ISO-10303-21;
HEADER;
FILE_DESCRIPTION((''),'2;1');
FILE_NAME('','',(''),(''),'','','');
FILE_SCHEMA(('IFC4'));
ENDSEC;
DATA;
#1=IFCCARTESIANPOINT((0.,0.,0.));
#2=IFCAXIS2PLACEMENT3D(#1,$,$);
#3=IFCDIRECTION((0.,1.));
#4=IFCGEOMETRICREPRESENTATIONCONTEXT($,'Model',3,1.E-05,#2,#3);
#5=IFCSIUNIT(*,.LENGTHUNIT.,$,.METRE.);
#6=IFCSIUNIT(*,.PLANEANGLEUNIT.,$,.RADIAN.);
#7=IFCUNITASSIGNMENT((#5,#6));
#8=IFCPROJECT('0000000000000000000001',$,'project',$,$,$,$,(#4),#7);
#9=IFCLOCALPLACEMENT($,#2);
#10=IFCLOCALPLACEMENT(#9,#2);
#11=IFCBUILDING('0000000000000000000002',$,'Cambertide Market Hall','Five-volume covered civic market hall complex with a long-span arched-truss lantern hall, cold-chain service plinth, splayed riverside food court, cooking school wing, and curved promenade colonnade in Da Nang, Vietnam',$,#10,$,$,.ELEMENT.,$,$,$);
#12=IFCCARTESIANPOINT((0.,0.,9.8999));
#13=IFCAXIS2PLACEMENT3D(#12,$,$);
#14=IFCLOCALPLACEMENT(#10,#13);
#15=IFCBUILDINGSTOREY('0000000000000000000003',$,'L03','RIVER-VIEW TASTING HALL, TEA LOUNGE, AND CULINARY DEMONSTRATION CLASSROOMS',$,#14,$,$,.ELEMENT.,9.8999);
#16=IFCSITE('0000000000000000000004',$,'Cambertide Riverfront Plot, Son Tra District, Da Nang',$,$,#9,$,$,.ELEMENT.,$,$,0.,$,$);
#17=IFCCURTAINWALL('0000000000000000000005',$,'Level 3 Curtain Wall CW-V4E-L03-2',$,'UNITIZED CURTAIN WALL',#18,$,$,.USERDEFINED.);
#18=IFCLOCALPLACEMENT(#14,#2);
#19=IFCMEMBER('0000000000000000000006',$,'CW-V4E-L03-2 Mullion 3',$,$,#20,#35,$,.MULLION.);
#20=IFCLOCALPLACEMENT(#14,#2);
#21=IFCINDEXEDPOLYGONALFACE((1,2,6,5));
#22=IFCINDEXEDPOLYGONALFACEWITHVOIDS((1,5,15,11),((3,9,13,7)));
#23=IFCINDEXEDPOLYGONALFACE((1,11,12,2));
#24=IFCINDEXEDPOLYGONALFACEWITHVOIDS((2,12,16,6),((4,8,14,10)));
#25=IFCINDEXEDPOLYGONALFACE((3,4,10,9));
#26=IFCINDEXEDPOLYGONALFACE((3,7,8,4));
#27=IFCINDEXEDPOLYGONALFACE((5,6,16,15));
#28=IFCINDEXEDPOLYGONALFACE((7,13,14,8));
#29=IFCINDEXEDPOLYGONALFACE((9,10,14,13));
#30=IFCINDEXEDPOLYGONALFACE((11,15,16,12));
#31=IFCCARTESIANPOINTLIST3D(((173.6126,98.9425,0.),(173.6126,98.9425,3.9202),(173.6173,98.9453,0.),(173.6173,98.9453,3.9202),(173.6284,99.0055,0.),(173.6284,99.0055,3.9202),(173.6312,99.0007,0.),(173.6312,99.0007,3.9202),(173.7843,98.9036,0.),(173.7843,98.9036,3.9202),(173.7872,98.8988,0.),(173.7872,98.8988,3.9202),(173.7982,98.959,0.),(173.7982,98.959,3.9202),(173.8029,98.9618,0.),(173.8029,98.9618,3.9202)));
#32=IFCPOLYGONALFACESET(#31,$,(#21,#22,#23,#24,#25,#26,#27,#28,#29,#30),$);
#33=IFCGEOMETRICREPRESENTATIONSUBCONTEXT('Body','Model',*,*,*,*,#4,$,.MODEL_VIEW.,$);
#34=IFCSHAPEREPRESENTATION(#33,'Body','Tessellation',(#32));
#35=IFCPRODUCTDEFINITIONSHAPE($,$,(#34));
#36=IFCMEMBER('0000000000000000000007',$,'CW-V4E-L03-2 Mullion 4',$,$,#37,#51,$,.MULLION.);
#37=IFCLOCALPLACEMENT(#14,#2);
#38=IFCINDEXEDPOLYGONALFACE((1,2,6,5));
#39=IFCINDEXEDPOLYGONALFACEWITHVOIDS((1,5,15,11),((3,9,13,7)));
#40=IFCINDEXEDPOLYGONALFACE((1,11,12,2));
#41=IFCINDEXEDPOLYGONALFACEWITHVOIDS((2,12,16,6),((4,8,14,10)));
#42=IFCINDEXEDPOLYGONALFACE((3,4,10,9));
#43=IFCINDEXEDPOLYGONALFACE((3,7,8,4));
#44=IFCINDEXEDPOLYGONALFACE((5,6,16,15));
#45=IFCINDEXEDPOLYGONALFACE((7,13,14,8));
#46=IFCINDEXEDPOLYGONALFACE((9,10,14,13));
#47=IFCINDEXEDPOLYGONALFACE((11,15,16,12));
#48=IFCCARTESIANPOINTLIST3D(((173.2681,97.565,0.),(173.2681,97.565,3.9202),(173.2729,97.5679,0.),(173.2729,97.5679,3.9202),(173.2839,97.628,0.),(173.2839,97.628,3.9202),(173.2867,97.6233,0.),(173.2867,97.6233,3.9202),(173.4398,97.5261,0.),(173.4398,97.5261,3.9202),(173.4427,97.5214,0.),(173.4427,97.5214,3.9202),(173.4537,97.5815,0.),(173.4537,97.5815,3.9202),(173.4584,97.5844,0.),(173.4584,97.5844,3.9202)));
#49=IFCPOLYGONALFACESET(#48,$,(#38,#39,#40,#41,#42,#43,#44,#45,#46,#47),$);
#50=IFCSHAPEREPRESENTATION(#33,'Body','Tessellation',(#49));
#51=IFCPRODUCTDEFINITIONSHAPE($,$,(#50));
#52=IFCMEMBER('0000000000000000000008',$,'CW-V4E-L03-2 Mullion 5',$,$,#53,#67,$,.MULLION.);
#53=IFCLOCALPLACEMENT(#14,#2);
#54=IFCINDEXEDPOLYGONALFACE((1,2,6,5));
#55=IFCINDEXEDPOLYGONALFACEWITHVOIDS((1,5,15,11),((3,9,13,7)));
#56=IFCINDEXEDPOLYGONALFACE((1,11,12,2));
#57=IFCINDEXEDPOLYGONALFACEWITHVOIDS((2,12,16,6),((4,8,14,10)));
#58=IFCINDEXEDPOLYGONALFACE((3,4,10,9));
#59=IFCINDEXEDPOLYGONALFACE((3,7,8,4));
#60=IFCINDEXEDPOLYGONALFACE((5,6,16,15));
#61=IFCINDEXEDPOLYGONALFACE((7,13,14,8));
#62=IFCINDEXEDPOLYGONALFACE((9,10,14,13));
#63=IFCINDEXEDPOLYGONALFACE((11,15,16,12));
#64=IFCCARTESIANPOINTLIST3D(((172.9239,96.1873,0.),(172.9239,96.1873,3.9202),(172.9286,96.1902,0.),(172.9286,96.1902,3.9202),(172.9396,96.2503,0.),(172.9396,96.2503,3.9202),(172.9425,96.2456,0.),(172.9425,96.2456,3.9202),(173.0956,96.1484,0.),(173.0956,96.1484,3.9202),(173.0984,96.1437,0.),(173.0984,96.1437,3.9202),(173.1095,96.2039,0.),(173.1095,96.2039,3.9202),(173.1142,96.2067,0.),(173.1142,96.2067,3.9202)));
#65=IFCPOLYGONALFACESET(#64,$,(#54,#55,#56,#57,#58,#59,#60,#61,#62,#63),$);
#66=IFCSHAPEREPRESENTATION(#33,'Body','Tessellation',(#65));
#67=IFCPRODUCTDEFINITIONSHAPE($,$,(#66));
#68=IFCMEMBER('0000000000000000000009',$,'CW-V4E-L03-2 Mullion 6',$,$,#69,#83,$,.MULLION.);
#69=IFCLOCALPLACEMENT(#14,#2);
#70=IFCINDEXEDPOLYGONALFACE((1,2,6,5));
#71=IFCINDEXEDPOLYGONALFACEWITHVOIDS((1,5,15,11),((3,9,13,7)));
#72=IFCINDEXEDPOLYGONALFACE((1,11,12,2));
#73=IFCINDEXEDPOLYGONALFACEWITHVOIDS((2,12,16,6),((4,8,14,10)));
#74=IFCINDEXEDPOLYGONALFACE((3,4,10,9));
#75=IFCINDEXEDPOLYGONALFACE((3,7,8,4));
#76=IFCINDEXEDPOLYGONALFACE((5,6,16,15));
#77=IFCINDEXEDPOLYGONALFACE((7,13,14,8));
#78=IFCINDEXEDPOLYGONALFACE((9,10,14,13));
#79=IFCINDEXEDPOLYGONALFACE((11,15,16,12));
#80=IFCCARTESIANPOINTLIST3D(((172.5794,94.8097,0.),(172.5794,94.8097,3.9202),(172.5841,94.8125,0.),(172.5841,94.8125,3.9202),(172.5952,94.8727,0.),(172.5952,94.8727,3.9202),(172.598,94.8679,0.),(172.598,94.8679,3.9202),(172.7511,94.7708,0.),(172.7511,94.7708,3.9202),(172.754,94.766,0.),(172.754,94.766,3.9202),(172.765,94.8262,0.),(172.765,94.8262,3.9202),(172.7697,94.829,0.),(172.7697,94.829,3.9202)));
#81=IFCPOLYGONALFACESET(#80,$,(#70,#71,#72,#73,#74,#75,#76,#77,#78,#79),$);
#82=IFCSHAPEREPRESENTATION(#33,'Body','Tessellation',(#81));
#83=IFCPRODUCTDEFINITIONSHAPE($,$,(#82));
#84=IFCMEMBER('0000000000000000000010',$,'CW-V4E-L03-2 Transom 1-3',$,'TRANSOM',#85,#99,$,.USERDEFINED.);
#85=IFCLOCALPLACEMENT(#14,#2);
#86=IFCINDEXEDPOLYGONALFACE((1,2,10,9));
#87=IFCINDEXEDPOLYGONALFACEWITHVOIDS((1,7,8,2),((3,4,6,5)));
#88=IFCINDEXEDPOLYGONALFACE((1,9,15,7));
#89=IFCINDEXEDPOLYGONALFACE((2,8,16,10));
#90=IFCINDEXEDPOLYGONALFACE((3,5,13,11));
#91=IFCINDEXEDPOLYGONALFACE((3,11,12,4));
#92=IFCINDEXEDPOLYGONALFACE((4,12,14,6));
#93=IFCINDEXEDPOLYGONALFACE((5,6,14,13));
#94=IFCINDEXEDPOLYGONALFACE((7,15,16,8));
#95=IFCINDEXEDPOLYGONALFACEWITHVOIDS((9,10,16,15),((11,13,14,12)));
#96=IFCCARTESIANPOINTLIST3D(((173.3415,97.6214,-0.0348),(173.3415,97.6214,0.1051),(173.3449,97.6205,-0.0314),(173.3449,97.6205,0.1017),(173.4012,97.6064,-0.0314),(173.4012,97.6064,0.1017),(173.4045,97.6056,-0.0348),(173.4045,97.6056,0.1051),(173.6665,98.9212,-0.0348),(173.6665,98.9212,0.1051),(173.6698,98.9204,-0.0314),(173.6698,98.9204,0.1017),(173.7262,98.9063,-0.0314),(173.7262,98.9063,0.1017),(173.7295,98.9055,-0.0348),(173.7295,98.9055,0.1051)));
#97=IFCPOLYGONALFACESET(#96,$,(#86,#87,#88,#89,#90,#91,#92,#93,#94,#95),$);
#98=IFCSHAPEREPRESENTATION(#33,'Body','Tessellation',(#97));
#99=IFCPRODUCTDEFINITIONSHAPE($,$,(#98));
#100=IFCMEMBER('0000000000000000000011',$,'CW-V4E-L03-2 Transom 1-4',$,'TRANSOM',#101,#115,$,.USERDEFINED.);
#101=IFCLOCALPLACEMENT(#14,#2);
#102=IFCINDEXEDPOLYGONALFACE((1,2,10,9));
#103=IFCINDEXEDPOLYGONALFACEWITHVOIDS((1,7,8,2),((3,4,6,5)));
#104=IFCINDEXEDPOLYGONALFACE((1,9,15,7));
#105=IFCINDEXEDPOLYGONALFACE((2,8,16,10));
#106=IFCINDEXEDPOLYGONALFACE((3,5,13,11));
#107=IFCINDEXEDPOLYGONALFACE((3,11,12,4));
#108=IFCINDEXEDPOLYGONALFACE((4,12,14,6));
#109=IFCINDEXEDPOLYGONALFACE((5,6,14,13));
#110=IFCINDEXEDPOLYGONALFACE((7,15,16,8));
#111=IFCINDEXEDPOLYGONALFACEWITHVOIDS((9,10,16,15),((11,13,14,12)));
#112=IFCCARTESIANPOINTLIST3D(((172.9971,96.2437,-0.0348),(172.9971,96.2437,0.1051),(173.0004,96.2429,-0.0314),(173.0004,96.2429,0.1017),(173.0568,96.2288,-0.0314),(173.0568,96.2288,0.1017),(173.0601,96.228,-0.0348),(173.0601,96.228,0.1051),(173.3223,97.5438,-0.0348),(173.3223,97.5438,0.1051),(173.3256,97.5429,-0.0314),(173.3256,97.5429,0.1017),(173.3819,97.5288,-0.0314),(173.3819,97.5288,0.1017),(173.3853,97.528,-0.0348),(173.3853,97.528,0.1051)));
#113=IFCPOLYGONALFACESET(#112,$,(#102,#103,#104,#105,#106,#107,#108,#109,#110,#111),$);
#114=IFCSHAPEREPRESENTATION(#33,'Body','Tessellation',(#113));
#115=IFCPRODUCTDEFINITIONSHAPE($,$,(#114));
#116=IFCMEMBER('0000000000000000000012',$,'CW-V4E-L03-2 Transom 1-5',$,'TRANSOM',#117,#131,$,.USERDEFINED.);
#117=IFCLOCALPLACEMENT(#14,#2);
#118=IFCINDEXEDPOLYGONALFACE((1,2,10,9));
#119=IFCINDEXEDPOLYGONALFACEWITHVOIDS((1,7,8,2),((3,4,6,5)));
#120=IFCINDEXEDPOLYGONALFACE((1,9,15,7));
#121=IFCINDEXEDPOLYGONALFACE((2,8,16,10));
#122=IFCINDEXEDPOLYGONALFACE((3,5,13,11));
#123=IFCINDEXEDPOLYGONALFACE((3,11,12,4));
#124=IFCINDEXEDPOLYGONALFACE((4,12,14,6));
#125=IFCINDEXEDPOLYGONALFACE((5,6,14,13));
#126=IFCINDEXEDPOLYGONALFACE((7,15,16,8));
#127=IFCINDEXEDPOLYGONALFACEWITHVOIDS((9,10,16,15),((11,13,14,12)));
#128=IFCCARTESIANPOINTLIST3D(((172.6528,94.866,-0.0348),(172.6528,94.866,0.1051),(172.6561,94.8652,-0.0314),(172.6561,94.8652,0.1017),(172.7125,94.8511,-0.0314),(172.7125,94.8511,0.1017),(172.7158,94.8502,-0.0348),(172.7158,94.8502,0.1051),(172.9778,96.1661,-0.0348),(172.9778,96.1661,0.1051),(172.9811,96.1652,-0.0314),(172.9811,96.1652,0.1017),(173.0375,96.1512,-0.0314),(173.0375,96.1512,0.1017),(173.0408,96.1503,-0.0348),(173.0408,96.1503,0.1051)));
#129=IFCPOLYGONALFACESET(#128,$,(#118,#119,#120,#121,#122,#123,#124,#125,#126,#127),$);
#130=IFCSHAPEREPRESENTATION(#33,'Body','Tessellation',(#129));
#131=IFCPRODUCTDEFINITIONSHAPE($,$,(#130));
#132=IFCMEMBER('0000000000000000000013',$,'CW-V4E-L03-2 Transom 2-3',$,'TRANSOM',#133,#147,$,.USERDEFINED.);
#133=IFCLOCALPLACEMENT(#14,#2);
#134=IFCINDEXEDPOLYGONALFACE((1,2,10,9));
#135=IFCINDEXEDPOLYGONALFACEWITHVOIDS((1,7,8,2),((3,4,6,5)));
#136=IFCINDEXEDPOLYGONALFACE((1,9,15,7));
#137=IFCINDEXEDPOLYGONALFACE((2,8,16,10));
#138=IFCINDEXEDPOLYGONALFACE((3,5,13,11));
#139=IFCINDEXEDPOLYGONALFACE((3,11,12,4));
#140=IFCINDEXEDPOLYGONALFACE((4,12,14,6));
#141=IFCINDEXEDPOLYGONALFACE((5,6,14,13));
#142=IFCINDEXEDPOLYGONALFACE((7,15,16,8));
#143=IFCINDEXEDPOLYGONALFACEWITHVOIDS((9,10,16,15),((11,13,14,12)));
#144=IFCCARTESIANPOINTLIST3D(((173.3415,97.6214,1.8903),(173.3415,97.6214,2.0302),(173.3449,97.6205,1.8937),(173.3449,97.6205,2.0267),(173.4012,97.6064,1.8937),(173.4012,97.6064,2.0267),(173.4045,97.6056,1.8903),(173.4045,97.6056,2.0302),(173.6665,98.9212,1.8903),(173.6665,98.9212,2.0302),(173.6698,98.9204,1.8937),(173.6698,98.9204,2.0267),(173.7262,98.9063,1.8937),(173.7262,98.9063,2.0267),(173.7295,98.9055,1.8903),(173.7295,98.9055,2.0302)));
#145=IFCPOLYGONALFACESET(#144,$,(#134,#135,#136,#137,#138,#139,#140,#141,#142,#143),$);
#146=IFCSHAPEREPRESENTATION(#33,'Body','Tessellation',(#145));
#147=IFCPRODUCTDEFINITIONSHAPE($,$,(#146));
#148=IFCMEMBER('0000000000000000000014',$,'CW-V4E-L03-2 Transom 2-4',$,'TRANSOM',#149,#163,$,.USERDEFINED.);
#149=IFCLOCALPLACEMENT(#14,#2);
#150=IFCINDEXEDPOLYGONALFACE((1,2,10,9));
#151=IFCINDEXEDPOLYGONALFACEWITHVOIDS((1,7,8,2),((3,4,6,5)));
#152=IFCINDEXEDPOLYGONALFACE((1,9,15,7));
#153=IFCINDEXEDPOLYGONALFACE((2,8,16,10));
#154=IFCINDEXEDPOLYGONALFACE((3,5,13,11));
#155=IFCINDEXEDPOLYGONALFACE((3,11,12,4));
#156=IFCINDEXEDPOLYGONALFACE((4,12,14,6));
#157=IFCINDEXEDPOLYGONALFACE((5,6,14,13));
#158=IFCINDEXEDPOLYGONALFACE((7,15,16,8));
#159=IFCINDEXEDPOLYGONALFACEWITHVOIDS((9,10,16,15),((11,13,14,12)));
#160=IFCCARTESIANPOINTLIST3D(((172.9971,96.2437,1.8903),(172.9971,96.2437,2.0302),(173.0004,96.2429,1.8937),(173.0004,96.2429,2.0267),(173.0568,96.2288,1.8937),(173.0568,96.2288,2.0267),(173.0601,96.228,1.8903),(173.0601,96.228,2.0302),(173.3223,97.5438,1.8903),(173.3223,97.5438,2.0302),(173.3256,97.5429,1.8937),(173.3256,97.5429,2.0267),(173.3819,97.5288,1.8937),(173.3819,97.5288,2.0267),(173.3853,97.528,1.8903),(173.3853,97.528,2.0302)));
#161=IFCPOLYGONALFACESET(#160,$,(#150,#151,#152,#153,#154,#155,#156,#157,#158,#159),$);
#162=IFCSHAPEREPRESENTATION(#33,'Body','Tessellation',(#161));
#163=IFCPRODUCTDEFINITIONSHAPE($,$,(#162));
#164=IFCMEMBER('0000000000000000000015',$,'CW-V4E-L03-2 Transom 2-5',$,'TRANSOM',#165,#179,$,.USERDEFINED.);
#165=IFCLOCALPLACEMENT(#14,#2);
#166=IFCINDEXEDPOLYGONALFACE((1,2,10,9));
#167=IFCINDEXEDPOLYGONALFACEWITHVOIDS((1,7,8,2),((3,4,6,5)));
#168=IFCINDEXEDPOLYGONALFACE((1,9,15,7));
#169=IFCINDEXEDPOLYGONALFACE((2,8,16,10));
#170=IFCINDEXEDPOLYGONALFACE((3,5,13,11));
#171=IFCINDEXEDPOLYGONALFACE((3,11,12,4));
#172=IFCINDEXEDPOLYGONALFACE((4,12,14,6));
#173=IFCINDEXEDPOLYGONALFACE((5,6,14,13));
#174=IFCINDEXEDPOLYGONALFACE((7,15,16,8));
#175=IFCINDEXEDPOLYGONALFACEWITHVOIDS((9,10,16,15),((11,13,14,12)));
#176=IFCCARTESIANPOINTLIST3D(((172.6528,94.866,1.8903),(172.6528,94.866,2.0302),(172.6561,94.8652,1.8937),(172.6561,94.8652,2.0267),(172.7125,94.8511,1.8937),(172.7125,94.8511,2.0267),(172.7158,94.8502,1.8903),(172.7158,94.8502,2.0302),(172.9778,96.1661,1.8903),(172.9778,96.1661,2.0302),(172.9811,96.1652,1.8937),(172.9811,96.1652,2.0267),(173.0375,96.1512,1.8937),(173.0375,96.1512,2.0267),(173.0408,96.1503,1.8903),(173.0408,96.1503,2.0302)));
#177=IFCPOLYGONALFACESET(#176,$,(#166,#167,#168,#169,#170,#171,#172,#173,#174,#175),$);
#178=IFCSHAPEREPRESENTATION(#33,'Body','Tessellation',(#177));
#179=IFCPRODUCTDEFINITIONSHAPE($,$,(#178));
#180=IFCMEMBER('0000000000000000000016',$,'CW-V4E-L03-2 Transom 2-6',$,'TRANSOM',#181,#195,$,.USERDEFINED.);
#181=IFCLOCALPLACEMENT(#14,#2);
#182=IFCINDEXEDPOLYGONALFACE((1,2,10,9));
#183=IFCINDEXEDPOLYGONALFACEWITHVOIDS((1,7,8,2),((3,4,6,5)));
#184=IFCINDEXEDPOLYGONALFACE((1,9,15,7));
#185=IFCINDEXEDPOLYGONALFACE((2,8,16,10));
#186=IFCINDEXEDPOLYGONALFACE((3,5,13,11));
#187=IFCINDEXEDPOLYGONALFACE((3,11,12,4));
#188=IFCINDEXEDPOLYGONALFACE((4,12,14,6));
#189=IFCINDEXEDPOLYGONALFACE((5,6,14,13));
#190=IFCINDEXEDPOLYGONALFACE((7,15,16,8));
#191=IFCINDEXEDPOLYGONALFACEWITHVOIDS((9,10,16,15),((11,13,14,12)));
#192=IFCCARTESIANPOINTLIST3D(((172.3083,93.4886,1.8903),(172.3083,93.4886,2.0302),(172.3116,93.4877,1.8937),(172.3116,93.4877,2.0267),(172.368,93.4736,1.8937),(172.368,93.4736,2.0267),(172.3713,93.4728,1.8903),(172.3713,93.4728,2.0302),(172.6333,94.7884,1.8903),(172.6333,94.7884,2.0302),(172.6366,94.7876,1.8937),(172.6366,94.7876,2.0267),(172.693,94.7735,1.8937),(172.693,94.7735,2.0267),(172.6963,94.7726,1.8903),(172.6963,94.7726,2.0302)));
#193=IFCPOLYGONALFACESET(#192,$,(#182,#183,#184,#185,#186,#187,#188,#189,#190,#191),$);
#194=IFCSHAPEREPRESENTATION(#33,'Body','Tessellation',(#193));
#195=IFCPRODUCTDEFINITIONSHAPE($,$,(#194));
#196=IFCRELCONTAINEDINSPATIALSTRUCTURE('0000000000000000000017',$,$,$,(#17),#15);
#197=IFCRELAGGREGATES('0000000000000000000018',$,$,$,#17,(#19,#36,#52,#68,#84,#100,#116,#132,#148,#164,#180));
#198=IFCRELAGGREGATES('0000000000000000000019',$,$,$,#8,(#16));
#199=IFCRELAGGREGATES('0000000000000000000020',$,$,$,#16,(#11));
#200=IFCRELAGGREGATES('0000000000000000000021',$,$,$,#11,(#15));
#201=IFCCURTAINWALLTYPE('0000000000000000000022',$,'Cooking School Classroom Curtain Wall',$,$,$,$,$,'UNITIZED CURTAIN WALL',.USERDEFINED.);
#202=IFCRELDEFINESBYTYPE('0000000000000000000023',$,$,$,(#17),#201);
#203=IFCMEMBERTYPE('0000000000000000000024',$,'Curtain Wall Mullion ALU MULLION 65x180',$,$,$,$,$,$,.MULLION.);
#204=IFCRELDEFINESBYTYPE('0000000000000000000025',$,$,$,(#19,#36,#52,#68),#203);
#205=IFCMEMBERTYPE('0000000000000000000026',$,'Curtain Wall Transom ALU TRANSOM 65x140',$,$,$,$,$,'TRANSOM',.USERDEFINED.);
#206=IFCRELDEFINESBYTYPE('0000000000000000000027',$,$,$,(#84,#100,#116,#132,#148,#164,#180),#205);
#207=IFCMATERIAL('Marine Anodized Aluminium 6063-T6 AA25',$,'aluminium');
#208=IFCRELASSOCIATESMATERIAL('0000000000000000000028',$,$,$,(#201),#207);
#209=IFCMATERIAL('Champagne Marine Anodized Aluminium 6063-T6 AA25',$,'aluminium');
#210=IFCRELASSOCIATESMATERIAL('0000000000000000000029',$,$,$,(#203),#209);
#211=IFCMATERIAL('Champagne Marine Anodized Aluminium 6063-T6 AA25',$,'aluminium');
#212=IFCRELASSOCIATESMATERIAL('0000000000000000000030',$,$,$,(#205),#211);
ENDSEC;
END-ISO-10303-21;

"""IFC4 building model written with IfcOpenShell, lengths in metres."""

from ifc_helpers import new_model, si_unit, direction, frame, origin, origin_2d, place, context, subcontext, project, spatial, hollow_rectangle, extrude, material, material_profile, profile_set, type_object, element, aggregate, save


model = new_model("IFC4")

# Units and contexts
model_context = context("Model", 3, precision=1e-05, world=origin(), true_north=direction((0.0, 1.0)))
body_context = subcontext(model_context, "Body", "Model", "MODEL_VIEW")
ifc_project = project(units=[si_unit("LENGTHUNIT", "METRE"), si_unit("PLANEANGLEUNIT", "RADIAN")], contexts=[model_context])

# Site, building, storey
site_placement = place(None, origin())
site = spatial("IfcSite", under=ifc_project, at=site_placement, Name="Cambertide Riverfront Plot, Son Tra District, Da Nang", CompositionType="ELEMENT", RefElevation=0.0)
building_placement = place(site_placement, origin())
building = spatial("IfcBuilding", under=site, at=building_placement, Name="Cambertide Market Hall", Description="Five-volume covered civic market hall complex with a long-span arched-truss lantern hall, cold-chain service plinth, splayed riverside food court, cooking school wing, and curved promenade colonnade in Da Nang, Vietnam", CompositionType="ELEMENT")
storey_placement = place(building_placement, frame((0.0, 0.0, 9.8999)))
storey = spatial("IfcBuildingStorey", under=building, at=storey_placement, Name="L03", Description="RIVER-VIEW TASTING HALL, TEA LOUNGE, AND CULINARY DEMONSTRATION CLASSROOMS", CompositionType="ELEMENT", Elevation=9.8999)

# Curtain wall, members
ifc_material_1 = material(Name="Marine Anodized Aluminium 6063-T6 AA25", Category="aluminium")
curtain_wall_type = type_object("IfcCurtainWallType", Name="Cooking School Classroom Curtain Wall", ElementType="UNITIZED CURTAIN WALL", PredefinedType="USERDEFINED", material=ifc_material_1)
curtain_wall_placement = place(storey_placement, origin())
curtain_wall = element("IfcCurtainWall", 1, at=curtain_wall_placement, inside=storey, type_object=curtain_wall_type, Name="Level 3 Curtain Wall CW-V4E-L03-2", ObjectType="UNITIZED CURTAIN WALL", PredefinedType="USERDEFINED")
ifc_material_2 = material(Name="Champagne Marine Anodized Aluminium 6063-T6 AA25", Category="aluminium")
ifc_material_profile_1 = material_profile(ifc_material_2, hollow_rectangle(XDim=0.0649, YDim=0.1799, WallThickness=0.0039, at=origin_2d()), Name="ALU MULLION 65x180")
ifc_profile_set_1 = profile_set([ifc_material_profile_1], Name="Champagne Marine Anodized Aluminium 6063-T6 AA25")
member_type_1 = type_object("IfcMemberType", Name="Curtain Wall Mullion ALU MULLION 65x180", PredefinedType="MULLION", material=ifc_profile_set_1)
member_1_placement = place(storey_placement, frame((173.7078, 98.9521, 0.0), z_axis=(0.0, 0.0, 1.0), x_axis=(-0.242536, -0.970142, 0.0)))
member_1 = element("IfcMember", 2, at=member_1_placement, type_object=member_type_1, Name="CW-V4E-L03-2 Mullion 3", PredefinedType="MULLION", context=body_context, shape_type="SweptSolid", body=[
    extrude(hollow_rectangle(XDim=0.0649, YDim=0.1799, WallThickness=0.0039, at=origin_2d()), origin(), (0.0, 0.0, 1.0), 3.9202),
])
member_2_placement = place(storey_placement, frame((173.3633, 97.5747, 0.0), z_axis=(0.0, 0.0, 1.0), x_axis=(-0.242536, -0.970142, 0.0)))
member_2 = element("IfcMember", 3, at=member_2_placement, type_object=member_type_1, Name="CW-V4E-L03-2 Mullion 4", PredefinedType="MULLION", context=body_context, shape_type="SweptSolid", body=[
    extrude(hollow_rectangle(XDim=0.0649, YDim=0.1799, WallThickness=0.0039, at=origin_2d()), origin(), (0.0, 0.0, 1.0), 3.9202),
])
member_3_placement = place(storey_placement, frame((173.019, 96.197, 0.0), z_axis=(0.0, 0.0, 1.0), x_axis=(-0.242536, -0.970142, 0.0)))
member_3 = element("IfcMember", 4, at=member_3_placement, type_object=member_type_1, Name="CW-V4E-L03-2 Mullion 5", PredefinedType="MULLION", context=body_context, shape_type="SweptSolid", body=[
    extrude(hollow_rectangle(XDim=0.0649, YDim=0.1799, WallThickness=0.0039, at=origin_2d()), origin(), (0.0, 0.0, 1.0), 3.9202),
])
member_4_placement = place(storey_placement, frame((172.6746, 94.8193, 0.0), z_axis=(0.0, 0.0, 1.0), x_axis=(-0.242536, -0.970142, 0.0)))
member_4 = element("IfcMember", 5, at=member_4_placement, type_object=member_type_1, Name="CW-V4E-L03-2 Mullion 6", PredefinedType="MULLION", context=body_context, shape_type="SweptSolid", body=[
    extrude(hollow_rectangle(XDim=0.0649, YDim=0.1799, WallThickness=0.0039, at=origin_2d()), origin(), (0.0, 0.0, 1.0), 3.9202),
])
ifc_material_3 = material(Name="Champagne Marine Anodized Aluminium 6063-T6 AA25", Category="aluminium")
ifc_material_profile_2 = material_profile(ifc_material_3, hollow_rectangle(XDim=0.0649, YDim=0.1399, WallThickness=0.0034, at=origin_2d()), Name="ALU TRANSOM 65x140")
ifc_profile_set_2 = profile_set([ifc_material_profile_2], Name="Champagne Marine Anodized Aluminium 6063-T6 AA25")
member_type_2 = type_object("IfcMemberType", Name="Curtain Wall Transom ALU TRANSOM 65x140", ElementType="TRANSOM", PredefinedType="USERDEFINED", material=ifc_profile_set_2)
member_5_placement = place(storey_placement, frame((173.698, 98.9133, 0.0352), z_axis=(-0.242536, -0.970143, 0.0), x_axis=(0.970143, -0.242536, 0.0)))
member_5 = element("IfcMember", 6, at=member_5_placement, type_object=member_type_2, Name="CW-V4E-L03-2 Transom 1-3", ObjectType="TRANSOM", PredefinedType="USERDEFINED", context=body_context, shape_type="SweptSolid", body=[
    extrude(hollow_rectangle(XDim=0.0649, YDim=0.1399, WallThickness=0.0034, at=origin_2d()), origin(), (0.0, 0.0, 1.0), 1.3398),
])
member_6_placement = place(storey_placement, frame((173.3538, 97.5359, 0.0352), z_axis=(-0.242664, -0.97011, 0.0), x_axis=(0.97011, -0.242664, 0.0)))
member_6 = element("IfcMember", 7, at=member_6_placement, type_object=member_type_2, Name="CW-V4E-L03-2 Transom 1-4", ObjectType="TRANSOM", PredefinedType="USERDEFINED", context=body_context, shape_type="SweptSolid", body=[
    extrude(hollow_rectangle(XDim=0.0649, YDim=0.1399, WallThickness=0.0034, at=origin_2d()), origin(), (0.0, 0.0, 1.0), 1.3401),
])
member_7_placement = place(storey_placement, frame((173.0093, 96.1582, 0.0352), z_axis=(-0.242493, -0.970153, 0.0), x_axis=(0.970153, -0.242493, 0.0)))
member_7 = element("IfcMember", 8, at=member_7_placement, type_object=member_type_2, Name="CW-V4E-L03-2 Transom 1-5", ObjectType="TRANSOM", PredefinedType="USERDEFINED", context=body_context, shape_type="SweptSolid", body=[
    extrude(hollow_rectangle(XDim=0.0649, YDim=0.1399, WallThickness=0.0034, at=origin_2d()), origin(), (0.0, 0.0, 1.0), 1.3401),
])
member_8_placement = place(storey_placement, frame((173.698, 98.9133, 1.9602), z_axis=(-0.242536, -0.970143, 0.0), x_axis=(0.970143, -0.242536, 0.0)))
member_8 = element("IfcMember", 9, at=member_8_placement, type_object=member_type_2, Name="CW-V4E-L03-2 Transom 2-3", ObjectType="TRANSOM", PredefinedType="USERDEFINED", context=body_context, shape_type="SweptSolid", body=[
    extrude(hollow_rectangle(XDim=0.0649, YDim=0.1399, WallThickness=0.0034, at=origin_2d()), origin(), (0.0, 0.0, 1.0), 1.3398),
])
member_9_placement = place(storey_placement, frame((173.3538, 97.5359, 1.9602), z_axis=(-0.242664, -0.97011, 0.0), x_axis=(0.97011, -0.242664, 0.0)))
member_9 = element("IfcMember", 10, at=member_9_placement, type_object=member_type_2, Name="CW-V4E-L03-2 Transom 2-4", ObjectType="TRANSOM", PredefinedType="USERDEFINED", context=body_context, shape_type="SweptSolid", body=[
    extrude(hollow_rectangle(XDim=0.0649, YDim=0.1399, WallThickness=0.0034, at=origin_2d()), origin(), (0.0, 0.0, 1.0), 1.3401),
])
member_10_placement = place(storey_placement, frame((173.0093, 96.1582, 1.9602), z_axis=(-0.242493, -0.970153, 0.0), x_axis=(0.970153, -0.242493, 0.0)))
member_10 = element("IfcMember", 11, at=member_10_placement, type_object=member_type_2, Name="CW-V4E-L03-2 Transom 2-5", ObjectType="TRANSOM", PredefinedType="USERDEFINED", context=body_context, shape_type="SweptSolid", body=[
    extrude(hollow_rectangle(XDim=0.0649, YDim=0.1399, WallThickness=0.0034, at=origin_2d()), origin(), (0.0, 0.0, 1.0), 1.3401),
])
member_11_placement = place(storey_placement, frame((172.6648, 94.7805, 1.9602), z_axis=(-0.242536, -0.970143, 0.0), x_axis=(0.970143, -0.242536, 0.0)))
member_11 = element("IfcMember", 12, at=member_11_placement, type_object=member_type_2, Name="CW-V4E-L03-2 Transom 2-6", ObjectType="TRANSOM", PredefinedType="USERDEFINED", context=body_context, shape_type="SweptSolid", body=[
    extrude(hollow_rectangle(XDim=0.0649, YDim=0.1399, WallThickness=0.0034, at=origin_2d()), origin(), (0.0, 0.0, 1.0), 1.3398),
])
aggregate(curtain_wall, [member_1, member_2, member_3, member_4, member_5, member_6, member_7, member_8, member_9, member_10, member_11])

save(model, "model.ifc")
